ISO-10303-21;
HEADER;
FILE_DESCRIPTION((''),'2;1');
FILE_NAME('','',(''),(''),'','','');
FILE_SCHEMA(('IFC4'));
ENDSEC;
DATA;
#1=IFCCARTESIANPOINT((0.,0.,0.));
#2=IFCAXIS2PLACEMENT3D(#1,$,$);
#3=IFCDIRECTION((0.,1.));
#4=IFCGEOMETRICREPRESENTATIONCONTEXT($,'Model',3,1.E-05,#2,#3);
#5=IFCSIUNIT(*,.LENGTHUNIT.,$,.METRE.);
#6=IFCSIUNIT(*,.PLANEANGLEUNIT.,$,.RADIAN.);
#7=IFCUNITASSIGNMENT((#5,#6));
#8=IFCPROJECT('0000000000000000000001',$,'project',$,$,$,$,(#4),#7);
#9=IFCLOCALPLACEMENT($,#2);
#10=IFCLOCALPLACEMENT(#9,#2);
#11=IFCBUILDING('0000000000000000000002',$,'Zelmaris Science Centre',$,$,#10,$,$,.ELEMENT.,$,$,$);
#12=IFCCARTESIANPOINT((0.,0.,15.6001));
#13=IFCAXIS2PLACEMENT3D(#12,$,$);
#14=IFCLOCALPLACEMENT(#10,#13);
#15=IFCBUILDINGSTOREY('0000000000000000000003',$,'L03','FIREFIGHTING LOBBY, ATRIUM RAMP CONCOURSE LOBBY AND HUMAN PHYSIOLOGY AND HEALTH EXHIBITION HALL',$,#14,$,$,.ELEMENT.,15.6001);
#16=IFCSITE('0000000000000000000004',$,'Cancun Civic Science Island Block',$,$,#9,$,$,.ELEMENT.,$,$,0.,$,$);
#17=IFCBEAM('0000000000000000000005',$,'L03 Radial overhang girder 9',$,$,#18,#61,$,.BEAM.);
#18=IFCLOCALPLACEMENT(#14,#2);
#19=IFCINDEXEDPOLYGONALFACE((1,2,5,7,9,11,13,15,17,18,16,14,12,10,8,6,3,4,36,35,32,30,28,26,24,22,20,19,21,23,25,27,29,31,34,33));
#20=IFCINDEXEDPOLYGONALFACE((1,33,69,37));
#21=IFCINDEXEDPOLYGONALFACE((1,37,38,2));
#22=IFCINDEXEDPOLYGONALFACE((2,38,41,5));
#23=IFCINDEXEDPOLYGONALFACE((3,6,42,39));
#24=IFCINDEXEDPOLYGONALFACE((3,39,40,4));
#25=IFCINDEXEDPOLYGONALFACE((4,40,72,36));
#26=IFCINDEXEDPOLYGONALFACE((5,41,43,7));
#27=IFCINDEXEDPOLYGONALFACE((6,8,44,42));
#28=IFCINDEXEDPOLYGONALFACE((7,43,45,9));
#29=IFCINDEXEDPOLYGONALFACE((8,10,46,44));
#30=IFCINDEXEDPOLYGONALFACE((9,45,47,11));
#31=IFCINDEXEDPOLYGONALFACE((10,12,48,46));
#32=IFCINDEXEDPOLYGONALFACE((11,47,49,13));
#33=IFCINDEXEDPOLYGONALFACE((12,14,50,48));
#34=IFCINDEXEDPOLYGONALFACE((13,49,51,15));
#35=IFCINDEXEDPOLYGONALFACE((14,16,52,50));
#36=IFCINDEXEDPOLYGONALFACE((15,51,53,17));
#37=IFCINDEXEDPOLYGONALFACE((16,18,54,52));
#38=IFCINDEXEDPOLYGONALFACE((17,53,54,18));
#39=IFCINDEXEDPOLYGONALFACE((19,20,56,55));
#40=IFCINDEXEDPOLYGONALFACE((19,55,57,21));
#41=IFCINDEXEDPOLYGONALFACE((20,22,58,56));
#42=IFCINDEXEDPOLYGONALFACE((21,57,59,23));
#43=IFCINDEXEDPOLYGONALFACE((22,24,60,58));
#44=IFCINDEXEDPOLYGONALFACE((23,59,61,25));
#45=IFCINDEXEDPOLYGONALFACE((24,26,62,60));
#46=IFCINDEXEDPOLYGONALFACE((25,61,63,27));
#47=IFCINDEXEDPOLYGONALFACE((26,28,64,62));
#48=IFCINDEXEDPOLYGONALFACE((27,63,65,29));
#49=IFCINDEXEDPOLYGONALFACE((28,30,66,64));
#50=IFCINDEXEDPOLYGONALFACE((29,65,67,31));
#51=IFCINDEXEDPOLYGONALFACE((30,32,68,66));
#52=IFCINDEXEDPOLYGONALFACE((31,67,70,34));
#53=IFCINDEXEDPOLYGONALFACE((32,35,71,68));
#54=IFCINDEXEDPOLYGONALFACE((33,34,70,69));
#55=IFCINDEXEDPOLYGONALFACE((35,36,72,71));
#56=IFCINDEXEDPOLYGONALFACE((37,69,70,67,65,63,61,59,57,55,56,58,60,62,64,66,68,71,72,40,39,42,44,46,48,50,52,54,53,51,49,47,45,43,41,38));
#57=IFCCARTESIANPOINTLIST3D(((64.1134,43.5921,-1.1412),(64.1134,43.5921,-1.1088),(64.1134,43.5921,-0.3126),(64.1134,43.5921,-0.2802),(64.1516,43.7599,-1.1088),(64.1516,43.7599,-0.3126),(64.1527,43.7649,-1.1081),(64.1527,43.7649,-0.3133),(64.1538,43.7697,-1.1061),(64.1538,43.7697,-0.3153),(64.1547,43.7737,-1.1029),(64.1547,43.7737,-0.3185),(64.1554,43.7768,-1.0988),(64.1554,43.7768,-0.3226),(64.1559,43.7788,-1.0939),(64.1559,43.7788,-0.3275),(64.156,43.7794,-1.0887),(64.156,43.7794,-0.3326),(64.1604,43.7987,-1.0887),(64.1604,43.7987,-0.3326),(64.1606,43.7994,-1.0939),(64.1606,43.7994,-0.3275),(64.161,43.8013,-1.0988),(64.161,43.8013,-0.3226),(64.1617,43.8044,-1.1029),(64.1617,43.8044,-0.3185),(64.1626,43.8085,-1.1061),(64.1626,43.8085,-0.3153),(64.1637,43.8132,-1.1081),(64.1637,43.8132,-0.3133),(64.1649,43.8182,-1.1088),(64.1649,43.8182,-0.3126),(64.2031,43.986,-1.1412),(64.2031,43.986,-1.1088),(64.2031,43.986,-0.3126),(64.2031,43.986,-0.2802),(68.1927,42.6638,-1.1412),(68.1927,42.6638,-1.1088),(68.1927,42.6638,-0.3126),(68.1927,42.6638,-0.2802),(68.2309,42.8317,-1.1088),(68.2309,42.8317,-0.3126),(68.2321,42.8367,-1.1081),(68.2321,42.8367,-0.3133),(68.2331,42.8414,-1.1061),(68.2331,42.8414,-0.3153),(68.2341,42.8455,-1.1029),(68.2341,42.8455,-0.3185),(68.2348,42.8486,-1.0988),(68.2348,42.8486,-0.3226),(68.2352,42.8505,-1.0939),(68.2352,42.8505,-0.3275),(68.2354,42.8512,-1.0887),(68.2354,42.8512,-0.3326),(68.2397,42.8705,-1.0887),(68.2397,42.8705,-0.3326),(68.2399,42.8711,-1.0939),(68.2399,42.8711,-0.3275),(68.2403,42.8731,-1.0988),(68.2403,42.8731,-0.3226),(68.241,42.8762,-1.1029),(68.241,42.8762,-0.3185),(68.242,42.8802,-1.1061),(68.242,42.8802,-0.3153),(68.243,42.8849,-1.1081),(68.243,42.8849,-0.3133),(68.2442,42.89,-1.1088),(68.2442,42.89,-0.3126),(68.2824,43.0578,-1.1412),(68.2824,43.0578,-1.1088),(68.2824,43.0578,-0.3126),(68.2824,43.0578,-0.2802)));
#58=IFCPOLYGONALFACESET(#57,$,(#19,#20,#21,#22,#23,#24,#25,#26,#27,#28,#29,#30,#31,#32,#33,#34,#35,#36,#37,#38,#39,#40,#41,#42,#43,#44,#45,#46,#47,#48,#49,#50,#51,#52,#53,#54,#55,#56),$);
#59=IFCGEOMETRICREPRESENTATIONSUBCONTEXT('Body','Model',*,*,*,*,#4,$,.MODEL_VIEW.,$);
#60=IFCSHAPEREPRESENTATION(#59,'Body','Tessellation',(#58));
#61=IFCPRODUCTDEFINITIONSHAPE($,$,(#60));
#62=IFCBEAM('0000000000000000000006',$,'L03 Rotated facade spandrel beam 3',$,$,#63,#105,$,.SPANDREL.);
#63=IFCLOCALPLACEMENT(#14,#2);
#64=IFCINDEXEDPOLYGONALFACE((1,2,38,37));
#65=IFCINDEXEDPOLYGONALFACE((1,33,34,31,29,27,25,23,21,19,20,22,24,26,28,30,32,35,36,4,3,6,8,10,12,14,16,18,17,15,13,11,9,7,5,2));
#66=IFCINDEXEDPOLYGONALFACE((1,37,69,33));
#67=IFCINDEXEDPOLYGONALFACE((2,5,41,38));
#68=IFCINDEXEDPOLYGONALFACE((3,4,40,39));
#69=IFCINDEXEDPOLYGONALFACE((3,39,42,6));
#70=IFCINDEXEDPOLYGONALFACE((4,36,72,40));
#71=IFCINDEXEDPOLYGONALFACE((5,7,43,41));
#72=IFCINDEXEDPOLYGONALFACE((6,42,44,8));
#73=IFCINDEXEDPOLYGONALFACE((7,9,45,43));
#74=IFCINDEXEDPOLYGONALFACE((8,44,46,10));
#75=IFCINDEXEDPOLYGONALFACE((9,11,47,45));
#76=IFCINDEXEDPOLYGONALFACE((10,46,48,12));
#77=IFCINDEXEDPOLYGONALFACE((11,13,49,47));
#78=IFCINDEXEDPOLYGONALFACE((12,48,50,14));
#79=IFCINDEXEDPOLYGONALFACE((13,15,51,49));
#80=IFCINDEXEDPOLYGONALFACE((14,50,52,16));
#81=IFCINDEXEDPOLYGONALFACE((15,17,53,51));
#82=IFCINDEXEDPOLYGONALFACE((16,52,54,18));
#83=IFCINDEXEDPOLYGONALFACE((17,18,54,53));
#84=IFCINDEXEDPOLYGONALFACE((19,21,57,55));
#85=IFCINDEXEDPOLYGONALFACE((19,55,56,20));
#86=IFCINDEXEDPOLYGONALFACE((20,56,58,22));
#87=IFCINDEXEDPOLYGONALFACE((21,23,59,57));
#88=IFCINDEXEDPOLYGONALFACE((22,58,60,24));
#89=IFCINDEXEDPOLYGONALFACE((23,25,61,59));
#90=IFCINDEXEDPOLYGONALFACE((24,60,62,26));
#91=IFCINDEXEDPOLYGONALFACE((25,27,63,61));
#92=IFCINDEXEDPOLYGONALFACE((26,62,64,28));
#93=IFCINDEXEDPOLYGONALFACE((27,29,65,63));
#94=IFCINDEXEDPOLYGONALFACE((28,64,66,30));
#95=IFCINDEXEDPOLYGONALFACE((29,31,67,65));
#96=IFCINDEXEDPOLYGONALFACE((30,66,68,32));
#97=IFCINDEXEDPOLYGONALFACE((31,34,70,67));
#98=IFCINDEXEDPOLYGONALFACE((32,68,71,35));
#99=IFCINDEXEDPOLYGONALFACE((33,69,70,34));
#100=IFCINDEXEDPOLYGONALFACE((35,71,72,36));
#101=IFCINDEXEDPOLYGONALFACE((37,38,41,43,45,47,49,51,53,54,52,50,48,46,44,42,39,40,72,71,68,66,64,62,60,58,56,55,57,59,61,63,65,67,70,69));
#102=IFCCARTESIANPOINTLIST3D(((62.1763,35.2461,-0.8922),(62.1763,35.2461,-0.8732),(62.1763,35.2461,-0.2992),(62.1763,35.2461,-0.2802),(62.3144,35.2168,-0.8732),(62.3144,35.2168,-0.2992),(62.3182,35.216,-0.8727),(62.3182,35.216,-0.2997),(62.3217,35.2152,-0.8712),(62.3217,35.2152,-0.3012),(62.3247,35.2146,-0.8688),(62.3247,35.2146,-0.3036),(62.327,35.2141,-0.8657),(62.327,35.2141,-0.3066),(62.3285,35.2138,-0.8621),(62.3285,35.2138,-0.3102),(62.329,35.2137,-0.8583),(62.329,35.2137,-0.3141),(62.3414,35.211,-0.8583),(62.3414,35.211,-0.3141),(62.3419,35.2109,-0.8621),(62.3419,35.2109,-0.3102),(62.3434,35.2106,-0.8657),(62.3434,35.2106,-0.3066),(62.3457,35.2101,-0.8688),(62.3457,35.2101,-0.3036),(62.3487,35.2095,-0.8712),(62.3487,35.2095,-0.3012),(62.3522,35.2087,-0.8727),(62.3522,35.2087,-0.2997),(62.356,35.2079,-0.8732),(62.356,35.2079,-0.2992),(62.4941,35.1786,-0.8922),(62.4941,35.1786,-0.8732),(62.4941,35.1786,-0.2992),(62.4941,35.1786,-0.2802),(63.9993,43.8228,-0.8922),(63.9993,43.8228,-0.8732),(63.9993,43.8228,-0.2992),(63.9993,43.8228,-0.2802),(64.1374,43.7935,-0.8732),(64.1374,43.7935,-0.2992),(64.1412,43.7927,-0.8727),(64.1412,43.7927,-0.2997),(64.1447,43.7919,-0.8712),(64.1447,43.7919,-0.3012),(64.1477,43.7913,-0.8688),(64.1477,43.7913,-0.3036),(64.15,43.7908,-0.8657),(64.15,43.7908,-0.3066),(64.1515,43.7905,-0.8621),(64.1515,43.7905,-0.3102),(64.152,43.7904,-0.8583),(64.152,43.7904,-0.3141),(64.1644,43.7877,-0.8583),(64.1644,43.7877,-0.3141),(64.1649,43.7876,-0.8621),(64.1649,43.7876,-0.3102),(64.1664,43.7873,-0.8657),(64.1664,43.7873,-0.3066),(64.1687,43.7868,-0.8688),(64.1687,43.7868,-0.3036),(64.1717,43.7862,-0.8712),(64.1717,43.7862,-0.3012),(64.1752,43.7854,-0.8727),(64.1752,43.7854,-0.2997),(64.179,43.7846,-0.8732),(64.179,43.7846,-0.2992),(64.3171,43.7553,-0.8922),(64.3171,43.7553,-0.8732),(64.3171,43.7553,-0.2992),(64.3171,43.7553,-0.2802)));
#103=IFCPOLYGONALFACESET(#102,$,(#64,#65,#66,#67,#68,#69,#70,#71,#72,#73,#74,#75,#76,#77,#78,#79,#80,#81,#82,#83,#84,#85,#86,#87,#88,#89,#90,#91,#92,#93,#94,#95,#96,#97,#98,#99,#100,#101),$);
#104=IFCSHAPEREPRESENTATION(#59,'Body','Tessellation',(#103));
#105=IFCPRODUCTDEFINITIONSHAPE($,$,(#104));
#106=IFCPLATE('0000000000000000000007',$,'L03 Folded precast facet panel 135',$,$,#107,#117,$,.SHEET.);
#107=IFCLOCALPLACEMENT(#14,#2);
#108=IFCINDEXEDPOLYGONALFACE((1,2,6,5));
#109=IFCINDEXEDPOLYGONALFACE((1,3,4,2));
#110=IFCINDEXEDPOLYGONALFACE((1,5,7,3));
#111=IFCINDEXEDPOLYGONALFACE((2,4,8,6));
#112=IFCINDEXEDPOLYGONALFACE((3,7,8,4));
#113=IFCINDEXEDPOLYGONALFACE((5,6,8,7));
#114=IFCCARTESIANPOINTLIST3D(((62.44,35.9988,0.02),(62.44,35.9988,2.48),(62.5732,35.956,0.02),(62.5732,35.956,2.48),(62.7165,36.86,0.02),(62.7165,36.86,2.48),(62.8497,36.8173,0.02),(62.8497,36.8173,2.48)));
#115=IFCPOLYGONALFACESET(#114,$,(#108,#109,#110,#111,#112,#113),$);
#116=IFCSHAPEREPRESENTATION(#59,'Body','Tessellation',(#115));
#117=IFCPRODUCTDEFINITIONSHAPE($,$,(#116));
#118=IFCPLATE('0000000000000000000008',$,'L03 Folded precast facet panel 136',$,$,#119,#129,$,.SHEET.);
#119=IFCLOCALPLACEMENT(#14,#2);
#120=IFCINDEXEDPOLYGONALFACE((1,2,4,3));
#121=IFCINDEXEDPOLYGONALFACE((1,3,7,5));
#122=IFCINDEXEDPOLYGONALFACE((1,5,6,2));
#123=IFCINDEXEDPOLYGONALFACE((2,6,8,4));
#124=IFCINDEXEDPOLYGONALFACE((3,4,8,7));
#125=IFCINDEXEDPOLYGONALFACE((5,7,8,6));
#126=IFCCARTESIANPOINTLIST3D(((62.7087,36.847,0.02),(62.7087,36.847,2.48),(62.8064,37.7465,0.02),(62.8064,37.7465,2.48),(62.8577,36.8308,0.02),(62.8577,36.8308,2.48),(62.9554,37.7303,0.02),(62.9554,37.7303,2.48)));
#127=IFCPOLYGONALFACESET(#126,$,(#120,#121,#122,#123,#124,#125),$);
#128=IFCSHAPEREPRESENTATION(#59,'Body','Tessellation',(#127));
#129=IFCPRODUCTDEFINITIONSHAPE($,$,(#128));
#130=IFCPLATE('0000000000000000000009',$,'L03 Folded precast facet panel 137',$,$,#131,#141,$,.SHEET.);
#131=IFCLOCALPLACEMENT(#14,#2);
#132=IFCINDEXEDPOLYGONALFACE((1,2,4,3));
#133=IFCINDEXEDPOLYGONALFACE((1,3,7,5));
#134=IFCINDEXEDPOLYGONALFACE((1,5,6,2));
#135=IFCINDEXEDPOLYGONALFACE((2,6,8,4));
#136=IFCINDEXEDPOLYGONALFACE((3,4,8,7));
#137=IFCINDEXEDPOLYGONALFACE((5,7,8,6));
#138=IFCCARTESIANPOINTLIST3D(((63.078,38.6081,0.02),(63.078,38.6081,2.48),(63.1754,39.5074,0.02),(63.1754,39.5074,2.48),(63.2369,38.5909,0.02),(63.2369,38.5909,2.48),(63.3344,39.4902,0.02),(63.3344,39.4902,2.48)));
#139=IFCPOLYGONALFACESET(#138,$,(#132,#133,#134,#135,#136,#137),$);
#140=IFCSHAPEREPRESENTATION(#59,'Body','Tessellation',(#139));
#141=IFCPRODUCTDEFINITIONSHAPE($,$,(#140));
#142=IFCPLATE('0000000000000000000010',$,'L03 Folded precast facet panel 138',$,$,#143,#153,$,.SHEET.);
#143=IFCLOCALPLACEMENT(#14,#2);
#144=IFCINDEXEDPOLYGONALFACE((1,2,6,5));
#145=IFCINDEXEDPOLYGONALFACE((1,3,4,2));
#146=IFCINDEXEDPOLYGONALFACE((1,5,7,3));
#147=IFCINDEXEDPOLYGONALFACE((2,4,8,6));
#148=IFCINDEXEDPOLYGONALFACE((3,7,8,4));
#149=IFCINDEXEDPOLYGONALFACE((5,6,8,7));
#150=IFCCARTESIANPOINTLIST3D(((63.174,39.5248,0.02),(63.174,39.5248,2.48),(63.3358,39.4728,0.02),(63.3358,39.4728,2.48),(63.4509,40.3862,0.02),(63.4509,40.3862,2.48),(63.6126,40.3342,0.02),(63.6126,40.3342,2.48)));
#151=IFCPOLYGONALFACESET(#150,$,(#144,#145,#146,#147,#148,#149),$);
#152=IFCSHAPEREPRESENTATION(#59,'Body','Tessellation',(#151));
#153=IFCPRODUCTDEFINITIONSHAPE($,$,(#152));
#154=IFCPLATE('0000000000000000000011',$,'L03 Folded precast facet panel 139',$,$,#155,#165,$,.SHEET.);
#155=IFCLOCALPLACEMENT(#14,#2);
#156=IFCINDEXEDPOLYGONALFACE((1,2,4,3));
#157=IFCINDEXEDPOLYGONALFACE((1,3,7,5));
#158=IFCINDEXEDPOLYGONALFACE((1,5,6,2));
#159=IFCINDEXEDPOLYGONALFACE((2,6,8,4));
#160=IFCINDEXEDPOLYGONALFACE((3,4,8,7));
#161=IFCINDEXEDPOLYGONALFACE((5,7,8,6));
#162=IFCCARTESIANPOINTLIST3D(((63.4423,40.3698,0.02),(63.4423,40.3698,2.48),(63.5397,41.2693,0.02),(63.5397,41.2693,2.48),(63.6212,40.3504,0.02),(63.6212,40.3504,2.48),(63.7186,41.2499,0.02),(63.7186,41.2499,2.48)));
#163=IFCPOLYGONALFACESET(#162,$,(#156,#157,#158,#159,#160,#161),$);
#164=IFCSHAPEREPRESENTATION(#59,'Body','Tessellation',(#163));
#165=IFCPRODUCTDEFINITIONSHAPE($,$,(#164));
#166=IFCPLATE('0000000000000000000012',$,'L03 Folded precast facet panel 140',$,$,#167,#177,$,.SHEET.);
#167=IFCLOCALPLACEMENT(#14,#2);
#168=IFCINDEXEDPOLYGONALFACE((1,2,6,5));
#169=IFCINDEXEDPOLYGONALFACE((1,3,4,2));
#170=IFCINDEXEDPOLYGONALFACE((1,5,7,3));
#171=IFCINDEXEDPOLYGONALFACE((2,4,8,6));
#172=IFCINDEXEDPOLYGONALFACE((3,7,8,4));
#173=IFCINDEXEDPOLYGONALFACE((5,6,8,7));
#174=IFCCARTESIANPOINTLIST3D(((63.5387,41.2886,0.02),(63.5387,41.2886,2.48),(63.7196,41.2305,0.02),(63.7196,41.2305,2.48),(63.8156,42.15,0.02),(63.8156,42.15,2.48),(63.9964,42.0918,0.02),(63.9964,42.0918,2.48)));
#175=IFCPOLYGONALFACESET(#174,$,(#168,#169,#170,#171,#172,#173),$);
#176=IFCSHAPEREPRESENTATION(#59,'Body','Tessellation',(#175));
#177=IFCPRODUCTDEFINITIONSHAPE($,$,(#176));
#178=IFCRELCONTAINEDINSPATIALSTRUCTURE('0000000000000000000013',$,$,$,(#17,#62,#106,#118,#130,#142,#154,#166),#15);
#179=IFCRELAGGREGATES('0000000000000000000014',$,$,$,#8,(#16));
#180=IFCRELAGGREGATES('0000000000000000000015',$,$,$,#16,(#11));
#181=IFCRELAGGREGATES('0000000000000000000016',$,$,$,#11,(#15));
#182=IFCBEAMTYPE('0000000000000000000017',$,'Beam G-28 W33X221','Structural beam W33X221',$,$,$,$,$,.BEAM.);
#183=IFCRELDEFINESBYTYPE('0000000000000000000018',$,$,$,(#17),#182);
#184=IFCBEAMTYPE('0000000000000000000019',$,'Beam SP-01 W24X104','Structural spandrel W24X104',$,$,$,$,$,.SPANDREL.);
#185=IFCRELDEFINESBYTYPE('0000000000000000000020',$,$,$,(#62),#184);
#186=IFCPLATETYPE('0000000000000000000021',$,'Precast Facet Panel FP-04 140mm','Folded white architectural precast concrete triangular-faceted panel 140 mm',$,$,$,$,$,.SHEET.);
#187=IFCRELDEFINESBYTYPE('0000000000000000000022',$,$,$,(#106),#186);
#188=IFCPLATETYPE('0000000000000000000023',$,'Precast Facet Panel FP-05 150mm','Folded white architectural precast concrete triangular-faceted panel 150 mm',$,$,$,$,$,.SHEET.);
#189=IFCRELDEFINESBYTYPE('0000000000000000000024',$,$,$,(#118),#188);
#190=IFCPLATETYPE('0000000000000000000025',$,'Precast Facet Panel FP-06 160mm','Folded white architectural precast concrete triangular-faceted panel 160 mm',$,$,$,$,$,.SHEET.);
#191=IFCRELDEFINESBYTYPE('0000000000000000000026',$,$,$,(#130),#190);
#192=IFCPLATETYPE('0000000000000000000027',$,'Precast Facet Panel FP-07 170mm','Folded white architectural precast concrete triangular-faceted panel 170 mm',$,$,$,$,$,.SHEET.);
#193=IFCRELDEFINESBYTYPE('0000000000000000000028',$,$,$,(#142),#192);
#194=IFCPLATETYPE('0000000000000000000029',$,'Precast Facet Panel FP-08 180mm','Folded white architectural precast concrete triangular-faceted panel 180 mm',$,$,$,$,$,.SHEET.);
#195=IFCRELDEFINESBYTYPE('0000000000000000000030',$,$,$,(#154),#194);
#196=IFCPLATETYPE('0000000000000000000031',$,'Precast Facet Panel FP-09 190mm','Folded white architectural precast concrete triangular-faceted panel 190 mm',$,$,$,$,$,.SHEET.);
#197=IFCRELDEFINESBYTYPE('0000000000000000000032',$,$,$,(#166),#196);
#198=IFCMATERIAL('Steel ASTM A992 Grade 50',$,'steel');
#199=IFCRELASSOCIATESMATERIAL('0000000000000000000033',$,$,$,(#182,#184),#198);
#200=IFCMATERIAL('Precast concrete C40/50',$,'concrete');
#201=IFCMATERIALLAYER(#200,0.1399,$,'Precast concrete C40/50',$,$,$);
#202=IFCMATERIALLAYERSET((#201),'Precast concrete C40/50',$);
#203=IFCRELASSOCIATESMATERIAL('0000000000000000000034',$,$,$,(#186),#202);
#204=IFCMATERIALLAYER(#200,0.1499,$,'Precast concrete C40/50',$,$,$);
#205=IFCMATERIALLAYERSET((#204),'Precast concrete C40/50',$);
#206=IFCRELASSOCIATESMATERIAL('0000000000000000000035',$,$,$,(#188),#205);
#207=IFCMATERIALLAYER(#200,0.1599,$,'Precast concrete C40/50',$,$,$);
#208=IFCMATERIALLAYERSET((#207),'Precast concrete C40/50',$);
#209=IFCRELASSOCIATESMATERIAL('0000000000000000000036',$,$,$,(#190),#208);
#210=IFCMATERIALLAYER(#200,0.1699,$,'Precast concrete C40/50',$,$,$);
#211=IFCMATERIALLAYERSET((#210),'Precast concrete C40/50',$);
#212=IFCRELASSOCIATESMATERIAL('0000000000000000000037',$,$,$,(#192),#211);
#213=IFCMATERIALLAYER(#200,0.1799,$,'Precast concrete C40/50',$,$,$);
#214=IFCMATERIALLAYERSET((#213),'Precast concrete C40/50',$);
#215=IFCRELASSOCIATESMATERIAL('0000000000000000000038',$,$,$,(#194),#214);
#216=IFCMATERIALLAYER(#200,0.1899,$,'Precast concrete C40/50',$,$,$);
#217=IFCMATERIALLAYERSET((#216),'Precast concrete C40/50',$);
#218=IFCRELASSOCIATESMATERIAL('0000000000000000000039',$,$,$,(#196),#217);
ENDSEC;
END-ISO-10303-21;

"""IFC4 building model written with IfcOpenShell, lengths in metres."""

from ifc_helpers import new_model, si_unit, direction, frame, frame_2d, origin, origin_2d, place, context, subcontext, project, spatial, rectangle, i_section, extrude, material, layer, layer_set, material_profile, profile_set, type_object, element, save


model = new_model("IFC4")

# Units and contexts
model_context = context("Model", 3, precision=1e-05, world=origin(), true_north=direction((0.0, 1.0)))
body_context = subcontext(model_context, "Body", "Model", "MODEL_VIEW")
ifc_project = project(units=[si_unit("LENGTHUNIT", "METRE"), si_unit("PLANEANGLEUNIT", "RADIAN")], contexts=[model_context])

# Site, building, storey
site_placement = place(None, origin())
site = spatial("IfcSite", under=ifc_project, at=site_placement, Name="Cancun Civic Science Island Block", CompositionType="ELEMENT", RefElevation=0.0)
building_placement = place(site_placement, origin())
building = spatial("IfcBuilding", under=site, at=building_placement, Name="Zelmaris Science Centre", CompositionType="ELEMENT")
storey_placement = place(building_placement, frame((0.0, 0.0, 15.6001)))
storey = spatial("IfcBuildingStorey", under=building, at=storey_placement, Name="L03", Description="FIREFIGHTING LOBBY, ATRIUM RAMP CONCOURSE LOBBY AND HUMAN PHYSIOLOGY AND HEALTH EXHIBITION HALL", CompositionType="ELEMENT", Elevation=15.6001)

# Shared definitions
ifc_material_1 = material(Name="Steel ASTM A992 Grade 50", Category="steel")

# Beams
ifc_material_profile_1 = material_profile(ifc_material_1, i_section(OverallWidth=0.4041, OverallDepth=0.8611, WebThickness=0.0198, FlangeThickness=0.0325, FilletRadius=0.02, at=origin_2d()), Name="W33X221")
ifc_profile_set_1 = profile_set([ifc_material_profile_1], Name="Steel ASTM A992 Grade 50")
beam_type_1 = type_object("IfcBeamType", Name="Beam G-28 W33X221", Description="Structural beam W33X221", PredefinedType="BEAM", material=ifc_profile_set_1)
beam_1_placement = place(storey_placement, frame((68.2375, 42.8608, -0.7107), z_axis=(-0.975076, 0.221871, 0.0), x_axis=(-0.221871, -0.975076, 0.0)))
element("IfcBeam", 1, at=beam_1_placement, inside=storey, type_object=beam_type_1, Name="L03 Radial overhang girder 9", PredefinedType="BEAM", context=body_context, shape_type="SweptSolid", body=[
    extrude(i_section(OverallWidth=0.4041, OverallDepth=0.8611, WebThickness=0.0198, FlangeThickness=0.0325, FilletRadius=0.02, at=origin_2d()), origin(), (0.0, 0.0, 1.0), 4.1836),
])
ifc_material_profile_2 = material_profile(ifc_material_1, i_section(OverallWidth=0.325, OverallDepth=0.6121, WebThickness=0.0127, FlangeThickness=0.019, FilletRadius=0.0149, at=origin_2d()), Name="W24X104")
ifc_profile_set_2 = profile_set([ifc_material_profile_2], Name="Steel ASTM A992 Grade 50")
beam_type_2 = type_object("IfcBeamType", Name="Beam SP-01 W24X104", Description="Structural spandrel W24X104", PredefinedType="SPANDREL", material=ifc_profile_set_2)
beam_2_placement = place(storey_placement, frame((64.1582, 43.7891, -0.5862), z_axis=(-0.207909, -0.978148, 0.0), x_axis=(0.978148, -0.207909, 0.0)))
element("IfcBeam", 2, at=beam_2_placement, inside=storey, type_object=beam_type_2, Name="L03 Rotated facade spandrel beam 3", PredefinedType="SPANDREL", context=body_context, shape_type="SweptSolid", body=[
    extrude(i_section(OverallWidth=0.325, OverallDepth=0.6121, WebThickness=0.0127, FlangeThickness=0.019, FilletRadius=0.0149, at=origin_2d()), origin(), (0.0, 0.0, 1.0), 8.7683),
])

# Plates
ifc_material_2 = material(Name="Precast concrete C40/50", Category="concrete")
ifc_layer_1 = layer(ifc_material_2, 0.1399, Name="Precast concrete C40/50")
ifc_layer_set_1 = layer_set([ifc_layer_1], Name="Precast concrete C40/50")
plate_type_1 = type_object("IfcPlateType", Name="Precast Facet Panel FP-04 140mm", Description="Folded white architectural precast concrete triangular-faceted panel 140 mm", PredefinedType="SHEET", material=ifc_layer_set_1)
plate_1_placement = place(storey_placement, frame((62.5066, 35.9775, 0.02), z_axis=(0.0, 0.0, 1.0), x_axis=(0.305765, 0.952107, 0.0)))
element("IfcPlate", 3, at=plate_1_placement, inside=storey, type_object=plate_type_1, Name="L03 Folded precast facet panel 135", PredefinedType="SHEET", context=body_context, shape_type="SweptSolid", body=[
    extrude(rectangle(XDim=0.9045, YDim=0.1399, at=frame_2d((0.4521, 0.0))), origin(), (0.0, 0.0, 1.0), 2.46),
])
ifc_layer_2 = layer(ifc_material_2, 0.1499, Name="Precast concrete C40/50")
ifc_layer_set_2 = layer_set([ifc_layer_2], Name="Precast concrete C40/50")
plate_type_2 = type_object("IfcPlateType", Name="Precast Facet Panel FP-05 150mm", Description="Folded white architectural precast concrete triangular-faceted panel 150 mm", PredefinedType="SHEET", material=ifc_layer_set_2)
plate_2_placement = place(storey_placement, frame((62.7832, 36.8389, 0.02), z_axis=(0.0, 0.0, 1.0), x_axis=(0.107943, 0.994157, 0.0)))
element("IfcPlate", 4, at=plate_2_placement, inside=storey, type_object=plate_type_2, Name="L03 Folded precast facet panel 136", PredefinedType="SHEET", context=body_context, shape_type="SweptSolid", body=[
    extrude(rectangle(XDim=0.9048, YDim=0.1499, at=frame_2d((0.4524, 0.0))), origin(), (0.0, 0.0, 1.0), 2.46),
])
ifc_layer_3 = layer(ifc_material_2, 0.1599, Name="Precast concrete C40/50")
ifc_layer_set_3 = layer_set([ifc_layer_3], Name="Precast concrete C40/50")
plate_type_3 = type_object("IfcPlateType", Name="Precast Facet Panel FP-06 160mm", Description="Folded white architectural precast concrete triangular-faceted panel 160 mm", PredefinedType="SHEET", material=ifc_layer_set_3)
plate_3_placement = place(storey_placement, frame((63.1575, 38.5996, 0.02), z_axis=(0.0, 0.0, 1.0), x_axis=(0.107705, 0.994183, 0.0)))
element("IfcPlate", 5, at=plate_3_placement, inside=storey, type_object=plate_type_3, Name="L03 Folded precast facet panel 137", PredefinedType="SHEET", context=body_context, shape_type="SweptSolid", body=[
    extrude(rectangle(XDim=0.9045, YDim=0.1599, at=frame_2d((0.4521, 0.0))), origin(), (0.0, 0.0, 1.0), 2.46),
])
ifc_layer_4 = layer(ifc_material_2, 0.1699, Name="Precast concrete C40/50")
ifc_layer_set_4 = layer_set([ifc_layer_4], Name="Precast concrete C40/50")
plate_type_4 = type_object("IfcPlateType", Name="Precast Facet Panel FP-07 170mm", Description="Folded white architectural precast concrete triangular-faceted panel 170 mm", PredefinedType="SHEET", material=ifc_layer_set_4)
plate_4_placement = place(storey_placement, frame((63.2549, 39.4988, 0.02), z_axis=(0.0, 0.0, 1.0), x_axis=(0.306009, 0.952029, 0.0)))
element("IfcPlate", 6, at=plate_4_placement, inside=storey, type_object=plate_type_4, Name="L03 Folded precast facet panel 138", PredefinedType="SHEET", context=body_context, shape_type="SweptSolid", body=[
    extrude(rectangle(XDim=0.9048, YDim=0.1699, at=frame_2d((0.4524, 0.0))), origin(), (0.0, 0.0, 1.0), 2.46),
])
ifc_layer_5 = layer(ifc_material_2, 0.1799, Name="Precast concrete C40/50")
ifc_layer_set_5 = layer_set([ifc_layer_5], Name="Precast concrete C40/50")
plate_type_5 = type_object("IfcPlateType", Name="Precast Facet Panel FP-08 180mm", Description="Folded white architectural precast concrete triangular-faceted panel 180 mm", PredefinedType="SHEET", material=ifc_layer_set_5)
plate_5_placement = place(storey_placement, frame((63.5317, 40.3601, 0.02), z_axis=(0.0, 0.0, 1.0), x_axis=(0.107676, 0.994186, 0.0)))
element("IfcPlate", 7, at=plate_5_placement, inside=storey, type_object=plate_type_5, Name="L03 Folded precast facet panel 139", PredefinedType="SHEET", context=body_context, shape_type="SweptSolid", body=[
    extrude(rectangle(XDim=0.9048, YDim=0.1799, at=frame_2d((0.4524, 0.0))), origin(), (0.0, 0.0, 1.0), 2.46),
])
ifc_layer_6 = layer(ifc_material_2, 0.1899, Name="Precast concrete C40/50")
ifc_layer_set_6 = layer_set([ifc_layer_6], Name="Precast concrete C40/50")
plate_type_6 = type_object("IfcPlateType", Name="Precast Facet Panel FP-09 190mm", Description="Folded white architectural precast concrete triangular-faceted panel 190 mm", PredefinedType="SHEET", material=ifc_layer_set_6)
plate_6_placement = place(storey_placement, frame((63.6292, 41.2595, 0.02), z_axis=(0.0, 0.0, 1.0), x_axis=(0.306009, 0.952029, 0.0)))
element("IfcPlate", 8, at=plate_6_placement, inside=storey, type_object=plate_type_6, Name="L03 Folded precast facet panel 140", PredefinedType="SHEET", context=body_context, shape_type="SweptSolid", body=[
    extrude(rectangle(XDim=0.9048, YDim=0.1899, at=frame_2d((0.4524, 0.0))), origin(), (0.0, 0.0, 1.0), 2.46),
])

save(model, "model.ifc")
